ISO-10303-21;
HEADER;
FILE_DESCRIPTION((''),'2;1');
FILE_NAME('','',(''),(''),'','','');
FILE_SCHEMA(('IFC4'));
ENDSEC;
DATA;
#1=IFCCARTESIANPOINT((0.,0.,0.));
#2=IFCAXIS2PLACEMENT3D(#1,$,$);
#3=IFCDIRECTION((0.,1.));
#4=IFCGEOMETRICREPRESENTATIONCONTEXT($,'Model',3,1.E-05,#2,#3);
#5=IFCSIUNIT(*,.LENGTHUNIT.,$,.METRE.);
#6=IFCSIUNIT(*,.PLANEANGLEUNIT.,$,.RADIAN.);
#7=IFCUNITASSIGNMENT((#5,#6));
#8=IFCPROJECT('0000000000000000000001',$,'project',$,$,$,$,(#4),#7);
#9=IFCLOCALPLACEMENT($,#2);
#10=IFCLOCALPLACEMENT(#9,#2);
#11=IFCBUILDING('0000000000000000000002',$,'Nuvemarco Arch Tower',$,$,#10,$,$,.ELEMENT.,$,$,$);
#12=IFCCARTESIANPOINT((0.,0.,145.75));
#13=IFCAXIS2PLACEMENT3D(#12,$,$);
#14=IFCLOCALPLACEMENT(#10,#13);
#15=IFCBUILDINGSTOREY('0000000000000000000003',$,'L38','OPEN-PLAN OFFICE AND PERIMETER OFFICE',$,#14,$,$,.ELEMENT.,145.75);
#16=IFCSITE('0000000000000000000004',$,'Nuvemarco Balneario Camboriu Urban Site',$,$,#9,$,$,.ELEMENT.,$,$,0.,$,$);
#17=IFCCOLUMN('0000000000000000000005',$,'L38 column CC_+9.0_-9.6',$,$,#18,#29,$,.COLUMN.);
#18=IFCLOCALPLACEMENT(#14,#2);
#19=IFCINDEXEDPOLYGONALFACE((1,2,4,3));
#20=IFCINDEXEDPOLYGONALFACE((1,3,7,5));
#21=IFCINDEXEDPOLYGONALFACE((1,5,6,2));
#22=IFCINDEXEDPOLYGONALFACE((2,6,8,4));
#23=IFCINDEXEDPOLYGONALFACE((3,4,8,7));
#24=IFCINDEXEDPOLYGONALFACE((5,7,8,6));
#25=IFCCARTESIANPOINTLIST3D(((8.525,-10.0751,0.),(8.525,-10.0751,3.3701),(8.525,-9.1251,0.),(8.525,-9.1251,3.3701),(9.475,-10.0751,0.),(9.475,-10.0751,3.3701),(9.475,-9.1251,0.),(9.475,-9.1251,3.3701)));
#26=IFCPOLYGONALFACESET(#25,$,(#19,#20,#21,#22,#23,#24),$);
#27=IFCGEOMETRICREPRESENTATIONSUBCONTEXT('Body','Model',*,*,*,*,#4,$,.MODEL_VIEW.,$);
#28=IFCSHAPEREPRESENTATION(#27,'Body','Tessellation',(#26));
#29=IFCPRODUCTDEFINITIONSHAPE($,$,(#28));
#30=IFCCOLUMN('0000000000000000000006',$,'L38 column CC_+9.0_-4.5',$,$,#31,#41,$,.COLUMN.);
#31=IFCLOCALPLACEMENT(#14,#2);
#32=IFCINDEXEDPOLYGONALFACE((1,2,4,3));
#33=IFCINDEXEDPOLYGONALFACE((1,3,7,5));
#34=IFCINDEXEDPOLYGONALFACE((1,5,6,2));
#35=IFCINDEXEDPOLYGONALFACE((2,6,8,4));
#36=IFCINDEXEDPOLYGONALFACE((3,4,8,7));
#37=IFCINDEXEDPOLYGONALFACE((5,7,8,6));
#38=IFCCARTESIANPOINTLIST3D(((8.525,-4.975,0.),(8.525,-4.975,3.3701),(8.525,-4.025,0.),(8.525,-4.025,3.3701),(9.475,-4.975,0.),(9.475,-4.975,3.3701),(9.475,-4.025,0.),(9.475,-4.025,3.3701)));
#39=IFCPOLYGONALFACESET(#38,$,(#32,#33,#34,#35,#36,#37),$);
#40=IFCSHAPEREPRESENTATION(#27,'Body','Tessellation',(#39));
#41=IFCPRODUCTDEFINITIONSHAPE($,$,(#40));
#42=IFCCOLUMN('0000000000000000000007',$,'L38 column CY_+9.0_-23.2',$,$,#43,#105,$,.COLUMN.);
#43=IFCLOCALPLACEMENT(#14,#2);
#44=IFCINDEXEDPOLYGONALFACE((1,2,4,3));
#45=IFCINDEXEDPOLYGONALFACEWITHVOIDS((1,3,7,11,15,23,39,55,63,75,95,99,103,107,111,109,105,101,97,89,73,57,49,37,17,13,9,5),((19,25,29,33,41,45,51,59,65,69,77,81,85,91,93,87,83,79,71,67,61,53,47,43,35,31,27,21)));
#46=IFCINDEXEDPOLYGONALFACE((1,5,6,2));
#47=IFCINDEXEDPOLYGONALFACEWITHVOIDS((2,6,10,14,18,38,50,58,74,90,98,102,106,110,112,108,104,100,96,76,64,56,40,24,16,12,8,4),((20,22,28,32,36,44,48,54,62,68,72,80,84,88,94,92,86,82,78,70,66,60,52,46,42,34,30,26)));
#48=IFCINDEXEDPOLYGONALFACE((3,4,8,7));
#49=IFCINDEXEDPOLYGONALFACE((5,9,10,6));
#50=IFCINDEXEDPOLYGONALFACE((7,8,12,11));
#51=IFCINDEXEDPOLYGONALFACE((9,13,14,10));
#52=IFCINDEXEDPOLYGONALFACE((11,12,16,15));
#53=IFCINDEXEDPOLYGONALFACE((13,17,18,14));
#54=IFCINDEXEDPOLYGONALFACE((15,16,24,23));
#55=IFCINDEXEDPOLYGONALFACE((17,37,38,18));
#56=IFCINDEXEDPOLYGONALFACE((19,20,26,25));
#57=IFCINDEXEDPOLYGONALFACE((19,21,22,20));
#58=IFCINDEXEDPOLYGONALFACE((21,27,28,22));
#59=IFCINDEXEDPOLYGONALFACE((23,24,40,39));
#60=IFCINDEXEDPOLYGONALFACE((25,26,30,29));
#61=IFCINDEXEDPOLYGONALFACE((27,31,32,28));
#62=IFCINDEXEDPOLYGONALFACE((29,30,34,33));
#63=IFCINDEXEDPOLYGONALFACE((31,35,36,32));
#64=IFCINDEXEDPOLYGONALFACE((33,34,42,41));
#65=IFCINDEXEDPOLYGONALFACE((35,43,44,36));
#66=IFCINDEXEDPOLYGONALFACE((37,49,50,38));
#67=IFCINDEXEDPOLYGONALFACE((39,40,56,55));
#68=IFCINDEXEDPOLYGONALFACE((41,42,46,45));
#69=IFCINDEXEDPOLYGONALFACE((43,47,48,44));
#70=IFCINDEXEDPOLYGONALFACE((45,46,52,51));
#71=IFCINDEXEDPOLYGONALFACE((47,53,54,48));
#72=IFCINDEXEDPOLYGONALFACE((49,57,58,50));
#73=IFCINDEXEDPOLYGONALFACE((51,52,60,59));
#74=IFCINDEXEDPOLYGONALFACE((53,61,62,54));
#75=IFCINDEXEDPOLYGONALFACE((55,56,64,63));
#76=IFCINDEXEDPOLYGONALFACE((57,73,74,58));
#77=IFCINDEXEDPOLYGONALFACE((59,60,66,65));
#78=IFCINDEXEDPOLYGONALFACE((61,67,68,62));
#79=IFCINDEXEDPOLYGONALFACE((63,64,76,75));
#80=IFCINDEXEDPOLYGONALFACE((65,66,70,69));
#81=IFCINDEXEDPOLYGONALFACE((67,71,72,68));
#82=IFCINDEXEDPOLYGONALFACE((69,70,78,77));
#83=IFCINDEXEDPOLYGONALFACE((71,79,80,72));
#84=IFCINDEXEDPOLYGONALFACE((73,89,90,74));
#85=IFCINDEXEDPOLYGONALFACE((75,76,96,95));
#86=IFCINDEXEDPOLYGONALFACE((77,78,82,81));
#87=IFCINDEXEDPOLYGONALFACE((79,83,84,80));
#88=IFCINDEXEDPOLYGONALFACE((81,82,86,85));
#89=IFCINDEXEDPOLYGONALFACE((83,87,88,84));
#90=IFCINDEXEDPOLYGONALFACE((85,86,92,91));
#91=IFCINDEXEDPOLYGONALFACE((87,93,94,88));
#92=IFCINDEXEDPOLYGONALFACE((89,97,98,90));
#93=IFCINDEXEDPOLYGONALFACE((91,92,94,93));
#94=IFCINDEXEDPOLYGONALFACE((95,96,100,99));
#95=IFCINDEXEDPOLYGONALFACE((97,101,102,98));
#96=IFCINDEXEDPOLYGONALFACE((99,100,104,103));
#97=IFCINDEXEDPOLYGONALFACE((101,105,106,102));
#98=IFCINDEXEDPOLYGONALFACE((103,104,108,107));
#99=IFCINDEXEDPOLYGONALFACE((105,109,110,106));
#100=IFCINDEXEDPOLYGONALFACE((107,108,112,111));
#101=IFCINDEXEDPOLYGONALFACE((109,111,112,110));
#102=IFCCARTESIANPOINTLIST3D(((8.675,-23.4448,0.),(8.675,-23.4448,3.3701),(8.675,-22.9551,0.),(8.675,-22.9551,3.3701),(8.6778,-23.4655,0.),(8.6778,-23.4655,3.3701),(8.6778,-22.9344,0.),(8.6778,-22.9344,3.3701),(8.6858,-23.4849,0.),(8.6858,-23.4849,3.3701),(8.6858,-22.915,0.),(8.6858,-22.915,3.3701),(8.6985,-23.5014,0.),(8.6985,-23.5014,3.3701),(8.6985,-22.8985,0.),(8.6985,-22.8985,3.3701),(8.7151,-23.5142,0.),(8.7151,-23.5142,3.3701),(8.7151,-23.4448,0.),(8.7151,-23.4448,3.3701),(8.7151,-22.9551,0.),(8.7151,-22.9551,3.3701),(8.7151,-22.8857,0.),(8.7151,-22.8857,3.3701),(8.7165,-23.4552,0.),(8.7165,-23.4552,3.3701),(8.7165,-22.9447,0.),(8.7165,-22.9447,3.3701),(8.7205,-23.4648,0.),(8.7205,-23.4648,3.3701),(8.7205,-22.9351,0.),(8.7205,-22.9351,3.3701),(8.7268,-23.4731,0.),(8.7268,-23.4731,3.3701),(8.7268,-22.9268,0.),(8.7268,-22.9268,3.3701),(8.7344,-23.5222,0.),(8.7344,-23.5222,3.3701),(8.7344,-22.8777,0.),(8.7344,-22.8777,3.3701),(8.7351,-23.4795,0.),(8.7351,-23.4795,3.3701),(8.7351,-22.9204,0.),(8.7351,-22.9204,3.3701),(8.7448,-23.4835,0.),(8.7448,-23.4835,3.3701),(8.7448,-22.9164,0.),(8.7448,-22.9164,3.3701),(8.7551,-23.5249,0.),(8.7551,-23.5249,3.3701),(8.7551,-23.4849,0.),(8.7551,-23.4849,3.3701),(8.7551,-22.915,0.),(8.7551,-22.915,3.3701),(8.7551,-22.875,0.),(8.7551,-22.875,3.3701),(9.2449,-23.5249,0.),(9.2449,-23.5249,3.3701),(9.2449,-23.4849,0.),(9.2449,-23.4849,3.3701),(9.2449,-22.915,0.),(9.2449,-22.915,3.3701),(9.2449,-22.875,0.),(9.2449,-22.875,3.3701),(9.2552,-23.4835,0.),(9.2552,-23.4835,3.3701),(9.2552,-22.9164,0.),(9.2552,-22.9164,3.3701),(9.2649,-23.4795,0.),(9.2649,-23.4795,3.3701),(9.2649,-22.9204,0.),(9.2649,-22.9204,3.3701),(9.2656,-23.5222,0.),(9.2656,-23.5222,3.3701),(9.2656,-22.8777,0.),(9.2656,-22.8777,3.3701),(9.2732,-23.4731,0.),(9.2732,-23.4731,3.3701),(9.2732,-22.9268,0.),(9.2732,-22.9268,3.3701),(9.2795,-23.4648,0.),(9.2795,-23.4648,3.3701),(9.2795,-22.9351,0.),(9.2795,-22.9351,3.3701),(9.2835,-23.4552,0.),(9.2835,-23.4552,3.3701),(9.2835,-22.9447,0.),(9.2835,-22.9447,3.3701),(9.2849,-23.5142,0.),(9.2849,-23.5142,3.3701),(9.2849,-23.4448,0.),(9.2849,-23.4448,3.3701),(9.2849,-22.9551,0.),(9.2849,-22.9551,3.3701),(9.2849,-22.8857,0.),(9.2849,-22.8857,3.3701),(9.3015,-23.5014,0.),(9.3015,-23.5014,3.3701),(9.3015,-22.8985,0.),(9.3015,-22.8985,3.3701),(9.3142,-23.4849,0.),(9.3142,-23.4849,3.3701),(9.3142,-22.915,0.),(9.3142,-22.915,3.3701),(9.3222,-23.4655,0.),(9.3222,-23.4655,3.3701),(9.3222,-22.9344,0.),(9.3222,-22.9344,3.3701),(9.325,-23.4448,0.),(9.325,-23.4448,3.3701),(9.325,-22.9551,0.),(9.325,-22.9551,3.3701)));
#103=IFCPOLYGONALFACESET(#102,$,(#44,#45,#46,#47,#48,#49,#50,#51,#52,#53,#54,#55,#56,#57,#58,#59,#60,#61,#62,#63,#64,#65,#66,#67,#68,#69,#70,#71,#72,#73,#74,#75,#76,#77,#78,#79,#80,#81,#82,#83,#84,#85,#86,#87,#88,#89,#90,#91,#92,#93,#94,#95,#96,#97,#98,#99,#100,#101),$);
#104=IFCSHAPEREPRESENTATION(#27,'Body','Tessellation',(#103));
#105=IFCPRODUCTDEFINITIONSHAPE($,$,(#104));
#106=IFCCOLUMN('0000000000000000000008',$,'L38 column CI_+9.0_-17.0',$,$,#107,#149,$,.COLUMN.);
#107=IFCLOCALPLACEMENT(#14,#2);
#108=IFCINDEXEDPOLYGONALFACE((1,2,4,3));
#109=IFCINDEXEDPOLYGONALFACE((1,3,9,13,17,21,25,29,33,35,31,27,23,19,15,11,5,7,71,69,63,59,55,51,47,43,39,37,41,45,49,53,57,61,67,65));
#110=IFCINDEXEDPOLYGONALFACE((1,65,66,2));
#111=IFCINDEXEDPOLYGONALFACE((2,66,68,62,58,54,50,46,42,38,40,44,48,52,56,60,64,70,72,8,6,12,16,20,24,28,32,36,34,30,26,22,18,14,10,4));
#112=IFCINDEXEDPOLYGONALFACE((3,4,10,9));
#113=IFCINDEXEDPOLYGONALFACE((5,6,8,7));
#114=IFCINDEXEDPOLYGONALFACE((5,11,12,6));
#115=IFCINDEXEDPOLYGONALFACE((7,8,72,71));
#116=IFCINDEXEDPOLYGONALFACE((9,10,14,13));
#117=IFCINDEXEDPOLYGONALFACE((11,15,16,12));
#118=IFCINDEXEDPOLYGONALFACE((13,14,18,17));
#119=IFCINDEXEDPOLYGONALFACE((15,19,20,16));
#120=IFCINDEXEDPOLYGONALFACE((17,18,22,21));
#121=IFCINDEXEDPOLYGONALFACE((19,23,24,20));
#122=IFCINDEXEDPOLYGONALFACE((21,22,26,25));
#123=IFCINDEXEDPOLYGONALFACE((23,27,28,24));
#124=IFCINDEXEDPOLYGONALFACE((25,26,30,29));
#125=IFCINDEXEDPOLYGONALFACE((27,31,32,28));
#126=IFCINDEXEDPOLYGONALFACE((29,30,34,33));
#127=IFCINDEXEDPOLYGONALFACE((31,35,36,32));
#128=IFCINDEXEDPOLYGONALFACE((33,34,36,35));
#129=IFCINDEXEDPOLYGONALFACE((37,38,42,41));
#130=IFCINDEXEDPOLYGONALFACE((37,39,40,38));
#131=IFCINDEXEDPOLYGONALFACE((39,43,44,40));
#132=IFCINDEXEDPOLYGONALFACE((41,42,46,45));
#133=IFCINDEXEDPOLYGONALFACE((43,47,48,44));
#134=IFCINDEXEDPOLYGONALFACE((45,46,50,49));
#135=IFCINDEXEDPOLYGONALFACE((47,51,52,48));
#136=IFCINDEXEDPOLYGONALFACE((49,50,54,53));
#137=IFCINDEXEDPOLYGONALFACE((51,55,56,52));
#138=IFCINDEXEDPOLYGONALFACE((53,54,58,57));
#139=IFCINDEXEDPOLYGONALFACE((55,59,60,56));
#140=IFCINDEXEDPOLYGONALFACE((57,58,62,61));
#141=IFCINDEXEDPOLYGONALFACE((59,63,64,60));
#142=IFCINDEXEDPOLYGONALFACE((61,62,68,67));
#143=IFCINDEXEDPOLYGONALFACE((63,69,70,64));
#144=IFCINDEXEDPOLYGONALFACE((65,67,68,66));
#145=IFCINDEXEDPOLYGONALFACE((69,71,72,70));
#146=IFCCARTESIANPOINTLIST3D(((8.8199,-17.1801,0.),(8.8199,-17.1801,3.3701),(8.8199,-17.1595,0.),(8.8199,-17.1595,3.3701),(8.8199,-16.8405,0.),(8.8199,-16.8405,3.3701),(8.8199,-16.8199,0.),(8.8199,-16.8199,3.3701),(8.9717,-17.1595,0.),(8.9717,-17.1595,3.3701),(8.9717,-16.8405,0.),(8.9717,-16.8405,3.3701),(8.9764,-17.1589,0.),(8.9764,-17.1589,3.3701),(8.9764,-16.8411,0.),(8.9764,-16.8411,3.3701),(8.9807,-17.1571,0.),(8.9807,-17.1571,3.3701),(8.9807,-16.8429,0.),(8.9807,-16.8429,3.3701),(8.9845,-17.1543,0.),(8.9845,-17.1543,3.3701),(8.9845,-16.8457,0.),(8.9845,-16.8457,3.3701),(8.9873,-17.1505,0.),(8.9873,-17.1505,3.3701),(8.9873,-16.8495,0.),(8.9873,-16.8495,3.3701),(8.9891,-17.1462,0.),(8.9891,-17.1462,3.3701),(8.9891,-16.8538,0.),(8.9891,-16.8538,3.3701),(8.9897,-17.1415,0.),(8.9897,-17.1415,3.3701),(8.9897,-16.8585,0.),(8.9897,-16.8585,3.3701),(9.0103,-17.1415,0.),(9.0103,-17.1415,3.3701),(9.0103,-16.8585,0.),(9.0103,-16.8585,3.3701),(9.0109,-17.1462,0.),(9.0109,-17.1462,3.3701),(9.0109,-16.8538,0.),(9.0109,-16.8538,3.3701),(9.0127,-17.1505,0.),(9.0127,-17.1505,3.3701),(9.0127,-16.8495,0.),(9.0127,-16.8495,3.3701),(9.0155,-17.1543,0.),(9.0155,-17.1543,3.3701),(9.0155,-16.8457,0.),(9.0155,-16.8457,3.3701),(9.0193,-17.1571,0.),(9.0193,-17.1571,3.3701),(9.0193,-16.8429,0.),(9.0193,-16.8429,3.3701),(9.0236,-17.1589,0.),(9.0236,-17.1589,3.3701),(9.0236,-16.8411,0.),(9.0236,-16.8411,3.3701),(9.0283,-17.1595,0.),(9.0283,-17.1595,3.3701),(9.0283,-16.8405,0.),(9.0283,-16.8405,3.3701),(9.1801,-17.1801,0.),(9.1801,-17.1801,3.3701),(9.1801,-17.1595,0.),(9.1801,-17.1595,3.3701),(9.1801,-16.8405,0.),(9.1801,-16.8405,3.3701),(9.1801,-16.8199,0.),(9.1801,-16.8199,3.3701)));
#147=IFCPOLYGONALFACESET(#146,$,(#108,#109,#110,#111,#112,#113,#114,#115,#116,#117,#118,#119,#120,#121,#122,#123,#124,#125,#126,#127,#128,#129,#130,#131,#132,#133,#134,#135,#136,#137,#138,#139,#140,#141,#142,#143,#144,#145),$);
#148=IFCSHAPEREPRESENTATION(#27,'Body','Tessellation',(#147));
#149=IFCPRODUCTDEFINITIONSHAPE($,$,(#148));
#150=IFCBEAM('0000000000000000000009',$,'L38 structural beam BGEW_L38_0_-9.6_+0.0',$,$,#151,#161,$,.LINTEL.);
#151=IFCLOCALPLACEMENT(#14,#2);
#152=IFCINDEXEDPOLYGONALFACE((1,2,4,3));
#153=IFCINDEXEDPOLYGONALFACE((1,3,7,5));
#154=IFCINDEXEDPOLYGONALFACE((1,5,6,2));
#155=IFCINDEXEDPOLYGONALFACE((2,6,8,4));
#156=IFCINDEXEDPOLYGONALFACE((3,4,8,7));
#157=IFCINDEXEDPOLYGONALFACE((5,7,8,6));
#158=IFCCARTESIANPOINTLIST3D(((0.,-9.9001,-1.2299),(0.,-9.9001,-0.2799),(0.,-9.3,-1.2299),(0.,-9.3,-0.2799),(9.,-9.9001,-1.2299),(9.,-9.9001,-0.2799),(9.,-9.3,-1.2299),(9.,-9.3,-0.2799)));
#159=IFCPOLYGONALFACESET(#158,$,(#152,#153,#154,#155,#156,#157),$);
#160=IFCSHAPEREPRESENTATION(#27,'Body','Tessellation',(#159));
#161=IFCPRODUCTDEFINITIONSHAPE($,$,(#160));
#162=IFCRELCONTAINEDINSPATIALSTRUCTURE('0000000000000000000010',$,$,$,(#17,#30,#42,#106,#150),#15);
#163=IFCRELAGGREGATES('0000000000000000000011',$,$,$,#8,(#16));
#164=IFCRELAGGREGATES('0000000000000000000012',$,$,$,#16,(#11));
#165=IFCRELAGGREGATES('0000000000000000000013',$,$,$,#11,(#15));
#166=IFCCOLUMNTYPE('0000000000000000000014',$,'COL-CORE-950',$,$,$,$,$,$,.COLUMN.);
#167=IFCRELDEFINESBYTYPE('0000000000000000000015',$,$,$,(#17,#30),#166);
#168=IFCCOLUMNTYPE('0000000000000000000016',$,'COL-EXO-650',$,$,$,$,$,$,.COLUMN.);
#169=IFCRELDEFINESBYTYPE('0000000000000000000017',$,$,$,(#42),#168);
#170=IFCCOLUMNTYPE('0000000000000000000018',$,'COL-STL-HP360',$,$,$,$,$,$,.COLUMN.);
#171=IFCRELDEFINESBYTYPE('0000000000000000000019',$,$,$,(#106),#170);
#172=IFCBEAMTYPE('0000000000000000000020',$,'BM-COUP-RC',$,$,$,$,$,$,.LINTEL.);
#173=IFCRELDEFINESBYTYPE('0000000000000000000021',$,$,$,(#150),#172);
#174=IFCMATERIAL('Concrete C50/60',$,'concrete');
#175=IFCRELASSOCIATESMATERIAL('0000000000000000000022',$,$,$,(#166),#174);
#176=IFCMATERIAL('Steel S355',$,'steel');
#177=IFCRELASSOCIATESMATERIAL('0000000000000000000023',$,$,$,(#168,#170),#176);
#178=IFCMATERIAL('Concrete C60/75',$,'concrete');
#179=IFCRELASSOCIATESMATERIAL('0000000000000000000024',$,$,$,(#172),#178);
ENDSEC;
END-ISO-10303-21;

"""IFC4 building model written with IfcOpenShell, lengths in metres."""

from ifc_helpers import new_model, si_unit, direction, frame, origin, origin_2d, place, context, subcontext, project, spatial, rectangle, hollow_rectangle, i_section, extrude, material, material_profile, profile_set, type_object, element, save


model = new_model("IFC4")

# Units and contexts
model_context = context("Model", 3, precision=1e-05, world=origin(), true_north=direction((0.0, 1.0)))
body_context = subcontext(model_context, "Body", "Model", "MODEL_VIEW")
ifc_project = project(units=[si_unit("LENGTHUNIT", "METRE"), si_unit("PLANEANGLEUNIT", "RADIAN")], contexts=[model_context])

# Site, building, storey
site_placement = place(None, origin())
site = spatial("IfcSite", under=ifc_project, at=site_placement, Name="Nuvemarco Balneario Camboriu Urban Site", CompositionType="ELEMENT", RefElevation=0.0)
building_placement = place(site_placement, origin())
building = spatial("IfcBuilding", under=site, at=building_placement, Name="Nuvemarco Arch Tower", CompositionType="ELEMENT")
storey_placement = place(building_placement, frame((0.0, 0.0, 145.75)))
storey = spatial("IfcBuildingStorey", under=building, at=storey_placement, Name="L38", Description="OPEN-PLAN OFFICE AND PERIMETER OFFICE", CompositionType="ELEMENT", Elevation=145.75)

# Columns
ifc_material_1 = material(Name="Concrete C50/60", Category="concrete")
ifc_material_profile_1 = material_profile(ifc_material_1, rectangle(XDim=0.95, YDim=0.95, at=origin_2d()), Name="RC-COL-950x950")
ifc_profile_set_1 = profile_set([ifc_material_profile_1], Name="Concrete C50/60")
column_type_1 = type_object("IfcColumnType", Name="COL-CORE-950", PredefinedType="COLUMN", material=ifc_profile_set_1)
for number, where, z_axis, x_axis, name in (
    (1, (9.0, -9.6001, 0.0), (0.0, 0.0, 1.0), (1.0, 0.0, 0.0), "L38 column CC_+9.0_-9.6"),
    (2, (9.0, -4.5, 0.0), (0.0, 0.0, 1.0), (1.0, 0.0, 0.0), "L38 column CC_+9.0_-4.5"),
):
    element("IfcColumn", number, at=place(storey_placement, frame(where, z_axis=z_axis, x_axis=x_axis)), inside=storey, type_object=column_type_1, Name=name, PredefinedType="COLUMN", context=body_context, shape_type="SweptSolid", body=[
        extrude(rectangle(XDim=0.95, YDim=0.95, at=origin_2d()), origin(), (0.0, 0.0, 1.0), 3.3701),
    ])
ifc_material_2 = material(Name="Steel S355", Category="steel")
ifc_material_profile_2 = material_profile(ifc_material_2, hollow_rectangle(XDim=0.6499, YDim=0.6499, WallThickness=0.04, InnerFilletRadius=0.04, OuterFilletRadius=0.0801, at=origin_2d()), Name="SHS650x650x40")
ifc_profile_set_2 = profile_set([ifc_material_profile_2], Name="Steel S355")
column_type_2 = type_object("IfcColumnType", Name="COL-EXO-650", PredefinedType="COLUMN", material=ifc_profile_set_2)
column_1_placement = place(storey_placement, frame((9.0, -23.2, 0.0), z_axis=(0.0, 0.0, 1.0), x_axis=(1.0, 0.0, 0.0)))
element("IfcColumn", 3, at=column_1_placement, inside=storey, type_object=column_type_2, Name="L38 column CY_+9.0_-23.2", PredefinedType="COLUMN", context=body_context, shape_type="SweptSolid", body=[
    extrude(hollow_rectangle(XDim=0.6499, YDim=0.6499, WallThickness=0.04, InnerFilletRadius=0.04, OuterFilletRadius=0.0801, at=origin_2d()), origin(), (0.0, 0.0, 1.0), 3.3701),
])
ifc_material_profile_3 = material_profile(ifc_material_2, i_section(OverallWidth=0.3601, OverallDepth=0.3601, WebThickness=0.0205, FlangeThickness=0.0205, FilletRadius=0.0181, at=origin_2d()), Name="HP360x174")
ifc_profile_set_3 = profile_set([ifc_material_profile_3], Name="Steel S355")
column_type_3 = type_object("IfcColumnType", Name="COL-STL-HP360", PredefinedType="COLUMN", material=ifc_profile_set_3)
column_2_placement = place(storey_placement, frame((9.0, -17.0, 0.0), z_axis=(0.0, 0.0, 1.0), x_axis=(1.0, 0.0, 0.0)))
element("IfcColumn", 4, at=column_2_placement, inside=storey, type_object=column_type_3, Name="L38 column CI_+9.0_-17.0", PredefinedType="COLUMN", context=body_context, shape_type="SweptSolid", body=[
    extrude(i_section(OverallWidth=0.3601, OverallDepth=0.3601, WebThickness=0.0205, FlangeThickness=0.0205, FilletRadius=0.0181, at=origin_2d()), origin(), (0.0, 0.0, 1.0), 3.3701),
])

# Beam
ifc_material_3 = material(Name="Concrete C60/75", Category="concrete")
ifc_material_profile_4 = material_profile(ifc_material_3, rectangle(XDim=0.6001, YDim=0.95, at=origin_2d()), Name="RC-BM-600x950")
ifc_profile_set_4 = profile_set([ifc_material_profile_4], Name="Concrete C60/75")
beam_type_1 = type_object("IfcBeamType", Name="BM-COUP-RC", PredefinedType="LINTEL", material=ifc_profile_set_4)
beam_1_placement = place(storey_placement, frame((0.0, -9.6001, -0.7549), z_axis=(1.0, 0.0, 0.0), x_axis=(0.0, 1.0, 0.0)))
element("IfcBeam", 5, at=beam_1_placement, inside=storey, type_object=beam_type_1, Name="L38 structural beam BGEW_L38_0_-9.6_+0.0", PredefinedType="LINTEL", context=body_context, shape_type="SweptSolid", body=[
    extrude(rectangle(XDim=0.6001, YDim=0.95, at=origin_2d()), origin(), (0.0, 0.0, 1.0), 9.0),
])

save(model, "model.ifc")
